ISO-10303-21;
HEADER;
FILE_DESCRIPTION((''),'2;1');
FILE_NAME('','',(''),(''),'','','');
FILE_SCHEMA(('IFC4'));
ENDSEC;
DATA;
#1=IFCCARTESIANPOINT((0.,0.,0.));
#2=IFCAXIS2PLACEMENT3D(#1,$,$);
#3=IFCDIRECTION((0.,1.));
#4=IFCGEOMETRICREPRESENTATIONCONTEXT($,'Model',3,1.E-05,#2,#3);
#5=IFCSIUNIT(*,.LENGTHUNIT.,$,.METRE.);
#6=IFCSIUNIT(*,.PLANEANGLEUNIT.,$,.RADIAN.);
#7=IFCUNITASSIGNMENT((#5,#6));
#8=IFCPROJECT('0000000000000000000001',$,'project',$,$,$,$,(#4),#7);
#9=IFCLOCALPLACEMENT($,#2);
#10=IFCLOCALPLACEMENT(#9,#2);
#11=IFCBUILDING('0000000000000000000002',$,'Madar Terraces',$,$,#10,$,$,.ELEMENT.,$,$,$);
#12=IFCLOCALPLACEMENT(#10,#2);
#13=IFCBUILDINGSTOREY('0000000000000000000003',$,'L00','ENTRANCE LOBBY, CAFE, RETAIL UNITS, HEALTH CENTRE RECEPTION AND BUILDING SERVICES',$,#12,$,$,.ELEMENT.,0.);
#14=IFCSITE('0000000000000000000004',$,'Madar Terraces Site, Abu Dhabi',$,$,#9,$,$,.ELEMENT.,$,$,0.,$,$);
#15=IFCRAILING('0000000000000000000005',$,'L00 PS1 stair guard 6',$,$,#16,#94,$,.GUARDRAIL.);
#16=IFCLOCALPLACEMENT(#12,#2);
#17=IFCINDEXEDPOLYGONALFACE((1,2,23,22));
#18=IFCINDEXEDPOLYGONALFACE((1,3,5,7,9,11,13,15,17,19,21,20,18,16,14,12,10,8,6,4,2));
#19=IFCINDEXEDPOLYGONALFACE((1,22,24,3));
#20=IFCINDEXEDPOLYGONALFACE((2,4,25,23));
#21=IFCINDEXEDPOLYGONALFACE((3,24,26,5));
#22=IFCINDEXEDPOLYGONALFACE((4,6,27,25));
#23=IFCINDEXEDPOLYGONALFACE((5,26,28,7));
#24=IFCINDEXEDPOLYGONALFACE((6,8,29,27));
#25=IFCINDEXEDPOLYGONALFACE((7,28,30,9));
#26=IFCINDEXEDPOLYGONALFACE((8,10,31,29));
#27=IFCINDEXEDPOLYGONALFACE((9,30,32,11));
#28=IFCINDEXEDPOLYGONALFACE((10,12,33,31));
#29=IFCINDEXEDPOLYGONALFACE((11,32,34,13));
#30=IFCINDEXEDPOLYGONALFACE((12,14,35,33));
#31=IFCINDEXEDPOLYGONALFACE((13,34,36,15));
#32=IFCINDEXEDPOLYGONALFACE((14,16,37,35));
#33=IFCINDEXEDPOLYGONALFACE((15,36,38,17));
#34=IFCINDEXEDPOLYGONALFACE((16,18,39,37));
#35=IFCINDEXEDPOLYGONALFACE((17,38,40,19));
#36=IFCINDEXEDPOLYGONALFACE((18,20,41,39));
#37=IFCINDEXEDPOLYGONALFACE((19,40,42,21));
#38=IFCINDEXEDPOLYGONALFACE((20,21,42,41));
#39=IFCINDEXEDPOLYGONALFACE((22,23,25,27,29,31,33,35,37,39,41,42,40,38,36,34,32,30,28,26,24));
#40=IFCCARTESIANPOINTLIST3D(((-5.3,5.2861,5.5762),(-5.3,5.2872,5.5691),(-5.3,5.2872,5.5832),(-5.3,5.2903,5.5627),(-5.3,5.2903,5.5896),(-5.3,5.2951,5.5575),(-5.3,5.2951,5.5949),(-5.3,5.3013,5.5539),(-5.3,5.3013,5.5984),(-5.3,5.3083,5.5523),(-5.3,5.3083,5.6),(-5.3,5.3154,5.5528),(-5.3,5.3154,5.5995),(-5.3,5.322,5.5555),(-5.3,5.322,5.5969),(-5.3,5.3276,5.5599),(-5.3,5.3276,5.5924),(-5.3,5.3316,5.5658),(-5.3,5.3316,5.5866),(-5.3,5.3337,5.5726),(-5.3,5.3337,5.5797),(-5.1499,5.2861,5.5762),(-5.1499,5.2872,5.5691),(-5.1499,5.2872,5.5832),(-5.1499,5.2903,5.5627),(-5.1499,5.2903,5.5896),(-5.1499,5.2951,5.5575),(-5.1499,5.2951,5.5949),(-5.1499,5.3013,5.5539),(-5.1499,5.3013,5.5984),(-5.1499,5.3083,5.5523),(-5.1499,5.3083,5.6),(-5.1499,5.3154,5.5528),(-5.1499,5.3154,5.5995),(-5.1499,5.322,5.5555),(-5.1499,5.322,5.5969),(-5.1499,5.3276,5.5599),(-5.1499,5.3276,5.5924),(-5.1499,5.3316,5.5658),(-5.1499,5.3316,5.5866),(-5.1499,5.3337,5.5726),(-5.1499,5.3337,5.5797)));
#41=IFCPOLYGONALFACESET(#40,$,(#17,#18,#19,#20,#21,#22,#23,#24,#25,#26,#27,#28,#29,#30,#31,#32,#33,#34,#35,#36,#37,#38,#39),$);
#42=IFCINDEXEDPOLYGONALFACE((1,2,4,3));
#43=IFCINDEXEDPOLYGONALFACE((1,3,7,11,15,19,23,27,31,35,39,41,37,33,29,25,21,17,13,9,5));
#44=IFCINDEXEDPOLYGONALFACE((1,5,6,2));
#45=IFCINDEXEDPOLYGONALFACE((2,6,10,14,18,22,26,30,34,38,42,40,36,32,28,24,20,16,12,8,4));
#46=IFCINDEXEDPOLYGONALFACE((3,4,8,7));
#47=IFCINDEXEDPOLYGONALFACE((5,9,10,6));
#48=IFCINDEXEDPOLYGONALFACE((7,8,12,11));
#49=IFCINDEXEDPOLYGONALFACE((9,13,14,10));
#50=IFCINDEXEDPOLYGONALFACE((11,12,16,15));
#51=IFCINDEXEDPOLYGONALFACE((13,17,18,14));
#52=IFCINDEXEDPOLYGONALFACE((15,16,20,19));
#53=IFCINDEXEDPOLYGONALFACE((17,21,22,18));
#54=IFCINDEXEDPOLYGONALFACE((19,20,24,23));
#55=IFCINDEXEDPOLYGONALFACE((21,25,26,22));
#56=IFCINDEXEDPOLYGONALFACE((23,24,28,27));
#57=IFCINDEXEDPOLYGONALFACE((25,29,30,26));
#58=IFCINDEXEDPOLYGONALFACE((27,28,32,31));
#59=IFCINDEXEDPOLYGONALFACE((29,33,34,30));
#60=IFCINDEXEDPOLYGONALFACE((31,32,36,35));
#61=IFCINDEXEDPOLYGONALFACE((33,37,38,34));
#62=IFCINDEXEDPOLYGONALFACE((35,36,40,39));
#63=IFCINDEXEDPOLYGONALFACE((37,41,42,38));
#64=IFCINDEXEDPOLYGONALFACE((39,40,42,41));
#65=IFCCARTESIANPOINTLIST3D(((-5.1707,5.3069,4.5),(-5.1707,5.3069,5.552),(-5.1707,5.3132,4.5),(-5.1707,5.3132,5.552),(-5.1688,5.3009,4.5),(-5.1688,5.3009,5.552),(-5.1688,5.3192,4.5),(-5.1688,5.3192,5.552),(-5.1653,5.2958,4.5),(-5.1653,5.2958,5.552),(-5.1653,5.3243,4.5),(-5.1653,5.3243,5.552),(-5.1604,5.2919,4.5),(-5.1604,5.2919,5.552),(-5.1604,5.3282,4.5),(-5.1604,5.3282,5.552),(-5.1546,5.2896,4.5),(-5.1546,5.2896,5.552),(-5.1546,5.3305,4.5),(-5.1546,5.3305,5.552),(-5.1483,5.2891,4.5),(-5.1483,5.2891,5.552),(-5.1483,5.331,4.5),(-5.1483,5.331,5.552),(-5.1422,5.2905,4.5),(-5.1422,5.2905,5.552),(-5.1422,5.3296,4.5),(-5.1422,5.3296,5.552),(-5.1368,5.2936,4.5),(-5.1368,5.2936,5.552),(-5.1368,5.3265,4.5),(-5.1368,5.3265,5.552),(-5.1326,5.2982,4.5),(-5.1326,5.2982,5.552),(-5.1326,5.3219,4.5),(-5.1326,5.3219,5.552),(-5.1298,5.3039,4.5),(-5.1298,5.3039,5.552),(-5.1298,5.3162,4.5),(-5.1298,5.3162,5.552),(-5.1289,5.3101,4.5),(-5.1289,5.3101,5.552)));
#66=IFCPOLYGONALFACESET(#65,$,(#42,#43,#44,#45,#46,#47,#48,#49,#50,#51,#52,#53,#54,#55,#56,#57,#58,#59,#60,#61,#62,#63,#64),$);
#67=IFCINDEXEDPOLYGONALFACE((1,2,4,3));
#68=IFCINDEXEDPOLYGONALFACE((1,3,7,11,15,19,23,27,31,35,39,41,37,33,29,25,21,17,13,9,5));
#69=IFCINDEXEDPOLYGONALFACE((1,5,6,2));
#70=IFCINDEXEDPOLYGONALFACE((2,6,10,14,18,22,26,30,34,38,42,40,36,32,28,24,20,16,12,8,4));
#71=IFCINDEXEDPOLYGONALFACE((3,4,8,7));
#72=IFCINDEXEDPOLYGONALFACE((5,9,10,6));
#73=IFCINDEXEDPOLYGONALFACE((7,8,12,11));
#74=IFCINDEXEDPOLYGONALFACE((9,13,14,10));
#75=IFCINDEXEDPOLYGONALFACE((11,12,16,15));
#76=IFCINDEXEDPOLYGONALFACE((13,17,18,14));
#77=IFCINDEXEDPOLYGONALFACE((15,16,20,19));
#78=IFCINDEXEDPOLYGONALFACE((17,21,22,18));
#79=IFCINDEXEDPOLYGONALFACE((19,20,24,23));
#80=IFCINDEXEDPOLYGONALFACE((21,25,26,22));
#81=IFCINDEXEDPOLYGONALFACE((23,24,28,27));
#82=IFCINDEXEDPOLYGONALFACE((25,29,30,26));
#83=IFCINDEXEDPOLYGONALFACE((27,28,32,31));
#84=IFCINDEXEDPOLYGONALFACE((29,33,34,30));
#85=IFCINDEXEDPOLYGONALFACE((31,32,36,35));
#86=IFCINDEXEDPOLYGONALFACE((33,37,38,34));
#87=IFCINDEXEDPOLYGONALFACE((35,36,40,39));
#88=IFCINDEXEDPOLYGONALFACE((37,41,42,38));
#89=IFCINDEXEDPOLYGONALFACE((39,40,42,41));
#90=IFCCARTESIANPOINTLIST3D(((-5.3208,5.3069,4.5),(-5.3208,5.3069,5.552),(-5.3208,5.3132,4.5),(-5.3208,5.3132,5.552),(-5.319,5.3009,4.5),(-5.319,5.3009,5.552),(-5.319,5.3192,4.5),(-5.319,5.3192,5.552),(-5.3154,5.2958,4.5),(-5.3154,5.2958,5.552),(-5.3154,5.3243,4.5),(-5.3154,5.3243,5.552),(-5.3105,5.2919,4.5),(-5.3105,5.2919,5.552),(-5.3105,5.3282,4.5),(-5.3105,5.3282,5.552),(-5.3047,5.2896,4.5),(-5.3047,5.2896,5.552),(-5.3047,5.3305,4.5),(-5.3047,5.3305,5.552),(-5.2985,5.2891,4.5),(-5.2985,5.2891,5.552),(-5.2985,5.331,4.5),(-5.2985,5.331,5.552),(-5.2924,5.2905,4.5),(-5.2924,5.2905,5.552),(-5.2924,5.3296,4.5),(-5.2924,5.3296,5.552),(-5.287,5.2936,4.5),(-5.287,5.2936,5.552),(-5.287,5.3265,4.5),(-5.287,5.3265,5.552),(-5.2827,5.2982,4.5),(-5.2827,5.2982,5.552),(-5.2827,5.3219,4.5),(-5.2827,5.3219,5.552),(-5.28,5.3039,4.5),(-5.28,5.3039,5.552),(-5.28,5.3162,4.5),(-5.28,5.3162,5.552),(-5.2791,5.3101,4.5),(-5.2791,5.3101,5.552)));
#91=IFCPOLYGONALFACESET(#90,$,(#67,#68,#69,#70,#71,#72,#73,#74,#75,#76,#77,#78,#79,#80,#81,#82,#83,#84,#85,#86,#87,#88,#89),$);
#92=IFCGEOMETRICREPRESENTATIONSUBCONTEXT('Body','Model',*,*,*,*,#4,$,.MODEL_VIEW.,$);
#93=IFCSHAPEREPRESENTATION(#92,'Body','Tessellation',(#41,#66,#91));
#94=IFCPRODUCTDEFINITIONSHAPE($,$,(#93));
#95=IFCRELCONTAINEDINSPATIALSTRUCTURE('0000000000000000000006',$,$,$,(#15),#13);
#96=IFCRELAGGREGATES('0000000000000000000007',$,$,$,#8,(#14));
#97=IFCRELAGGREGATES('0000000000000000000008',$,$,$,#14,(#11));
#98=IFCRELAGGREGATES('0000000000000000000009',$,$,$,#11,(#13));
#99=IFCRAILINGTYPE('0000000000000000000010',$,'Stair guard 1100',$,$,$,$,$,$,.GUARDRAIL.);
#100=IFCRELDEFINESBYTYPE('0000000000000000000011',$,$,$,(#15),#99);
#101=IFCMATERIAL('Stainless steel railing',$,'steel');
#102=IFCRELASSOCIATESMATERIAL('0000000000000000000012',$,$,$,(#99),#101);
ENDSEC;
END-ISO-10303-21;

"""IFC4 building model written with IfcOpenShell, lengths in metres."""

from ifc_helpers import new_model, si_unit, direction, frame, origin, origin_2d, place, context, subcontext, project, spatial, circle, extrude, material, type_object, element, save


model = new_model("IFC4")

# Units and contexts
model_context = context("Model", 3, precision=1e-05, world=origin(), true_north=direction((0.0, 1.0)))
body_context = subcontext(model_context, "Body", "Model", "MODEL_VIEW")
ifc_project = project(units=[si_unit("LENGTHUNIT", "METRE"), si_unit("PLANEANGLEUNIT", "RADIAN")], contexts=[model_context])

# Site, building, storey
site_placement = place(None, origin())
site = spatial("IfcSite", under=ifc_project, at=site_placement, Name="Madar Terraces Site, Abu Dhabi", CompositionType="ELEMENT", RefElevation=0.0)
building_placement = place(site_placement, origin())
building = spatial("IfcBuilding", under=site, at=building_placement, Name="Madar Terraces", CompositionType="ELEMENT")
storey_placement = place(building_placement, origin())
storey = spatial("IfcBuildingStorey", under=building, at=storey_placement, Name="L00", Description="ENTRANCE LOBBY, CAFE, RETAIL UNITS, HEALTH CENTRE RECEPTION AND BUILDING SERVICES", CompositionType="ELEMENT", Elevation=0.0)

# Railing
ifc_material_1 = material(Name="Stainless steel railing", Category="steel")
railing_type_1 = type_object("IfcRailingType", Name="Stair guard 1100", PredefinedType="GUARDRAIL", material=ifc_material_1)
railing_1_placement = place(storey_placement, frame((-5.1499, 5.3101, 4.5)))
element("IfcRailing", 1, at=railing_1_placement, inside=storey, type_object=railing_type_1, Name="L00 PS1 stair guard 6", PredefinedType="GUARDRAIL", context=body_context, shape_type="SweptSolid", body=[
    extrude(circle(Radius=0.0239, at=origin_2d()), frame((0.0, 0.0, 1.0762), z_axis=(-1.0, 0.0, 0.0), x_axis=(0.0, -1.0, 0.0)), (0.0, 0.0, 1.0), 0.1501),
    extrude(circle(Radius=0.021, at=origin_2d()), origin(), (0.0, 0.0, 1.0), 1.052),
    extrude(circle(Radius=0.021, at=origin_2d()), frame((-0.1501, 0.0, 0.0)), (0.0, 0.0, 1.0), 1.052),
])

save(model, "model.ifc")
